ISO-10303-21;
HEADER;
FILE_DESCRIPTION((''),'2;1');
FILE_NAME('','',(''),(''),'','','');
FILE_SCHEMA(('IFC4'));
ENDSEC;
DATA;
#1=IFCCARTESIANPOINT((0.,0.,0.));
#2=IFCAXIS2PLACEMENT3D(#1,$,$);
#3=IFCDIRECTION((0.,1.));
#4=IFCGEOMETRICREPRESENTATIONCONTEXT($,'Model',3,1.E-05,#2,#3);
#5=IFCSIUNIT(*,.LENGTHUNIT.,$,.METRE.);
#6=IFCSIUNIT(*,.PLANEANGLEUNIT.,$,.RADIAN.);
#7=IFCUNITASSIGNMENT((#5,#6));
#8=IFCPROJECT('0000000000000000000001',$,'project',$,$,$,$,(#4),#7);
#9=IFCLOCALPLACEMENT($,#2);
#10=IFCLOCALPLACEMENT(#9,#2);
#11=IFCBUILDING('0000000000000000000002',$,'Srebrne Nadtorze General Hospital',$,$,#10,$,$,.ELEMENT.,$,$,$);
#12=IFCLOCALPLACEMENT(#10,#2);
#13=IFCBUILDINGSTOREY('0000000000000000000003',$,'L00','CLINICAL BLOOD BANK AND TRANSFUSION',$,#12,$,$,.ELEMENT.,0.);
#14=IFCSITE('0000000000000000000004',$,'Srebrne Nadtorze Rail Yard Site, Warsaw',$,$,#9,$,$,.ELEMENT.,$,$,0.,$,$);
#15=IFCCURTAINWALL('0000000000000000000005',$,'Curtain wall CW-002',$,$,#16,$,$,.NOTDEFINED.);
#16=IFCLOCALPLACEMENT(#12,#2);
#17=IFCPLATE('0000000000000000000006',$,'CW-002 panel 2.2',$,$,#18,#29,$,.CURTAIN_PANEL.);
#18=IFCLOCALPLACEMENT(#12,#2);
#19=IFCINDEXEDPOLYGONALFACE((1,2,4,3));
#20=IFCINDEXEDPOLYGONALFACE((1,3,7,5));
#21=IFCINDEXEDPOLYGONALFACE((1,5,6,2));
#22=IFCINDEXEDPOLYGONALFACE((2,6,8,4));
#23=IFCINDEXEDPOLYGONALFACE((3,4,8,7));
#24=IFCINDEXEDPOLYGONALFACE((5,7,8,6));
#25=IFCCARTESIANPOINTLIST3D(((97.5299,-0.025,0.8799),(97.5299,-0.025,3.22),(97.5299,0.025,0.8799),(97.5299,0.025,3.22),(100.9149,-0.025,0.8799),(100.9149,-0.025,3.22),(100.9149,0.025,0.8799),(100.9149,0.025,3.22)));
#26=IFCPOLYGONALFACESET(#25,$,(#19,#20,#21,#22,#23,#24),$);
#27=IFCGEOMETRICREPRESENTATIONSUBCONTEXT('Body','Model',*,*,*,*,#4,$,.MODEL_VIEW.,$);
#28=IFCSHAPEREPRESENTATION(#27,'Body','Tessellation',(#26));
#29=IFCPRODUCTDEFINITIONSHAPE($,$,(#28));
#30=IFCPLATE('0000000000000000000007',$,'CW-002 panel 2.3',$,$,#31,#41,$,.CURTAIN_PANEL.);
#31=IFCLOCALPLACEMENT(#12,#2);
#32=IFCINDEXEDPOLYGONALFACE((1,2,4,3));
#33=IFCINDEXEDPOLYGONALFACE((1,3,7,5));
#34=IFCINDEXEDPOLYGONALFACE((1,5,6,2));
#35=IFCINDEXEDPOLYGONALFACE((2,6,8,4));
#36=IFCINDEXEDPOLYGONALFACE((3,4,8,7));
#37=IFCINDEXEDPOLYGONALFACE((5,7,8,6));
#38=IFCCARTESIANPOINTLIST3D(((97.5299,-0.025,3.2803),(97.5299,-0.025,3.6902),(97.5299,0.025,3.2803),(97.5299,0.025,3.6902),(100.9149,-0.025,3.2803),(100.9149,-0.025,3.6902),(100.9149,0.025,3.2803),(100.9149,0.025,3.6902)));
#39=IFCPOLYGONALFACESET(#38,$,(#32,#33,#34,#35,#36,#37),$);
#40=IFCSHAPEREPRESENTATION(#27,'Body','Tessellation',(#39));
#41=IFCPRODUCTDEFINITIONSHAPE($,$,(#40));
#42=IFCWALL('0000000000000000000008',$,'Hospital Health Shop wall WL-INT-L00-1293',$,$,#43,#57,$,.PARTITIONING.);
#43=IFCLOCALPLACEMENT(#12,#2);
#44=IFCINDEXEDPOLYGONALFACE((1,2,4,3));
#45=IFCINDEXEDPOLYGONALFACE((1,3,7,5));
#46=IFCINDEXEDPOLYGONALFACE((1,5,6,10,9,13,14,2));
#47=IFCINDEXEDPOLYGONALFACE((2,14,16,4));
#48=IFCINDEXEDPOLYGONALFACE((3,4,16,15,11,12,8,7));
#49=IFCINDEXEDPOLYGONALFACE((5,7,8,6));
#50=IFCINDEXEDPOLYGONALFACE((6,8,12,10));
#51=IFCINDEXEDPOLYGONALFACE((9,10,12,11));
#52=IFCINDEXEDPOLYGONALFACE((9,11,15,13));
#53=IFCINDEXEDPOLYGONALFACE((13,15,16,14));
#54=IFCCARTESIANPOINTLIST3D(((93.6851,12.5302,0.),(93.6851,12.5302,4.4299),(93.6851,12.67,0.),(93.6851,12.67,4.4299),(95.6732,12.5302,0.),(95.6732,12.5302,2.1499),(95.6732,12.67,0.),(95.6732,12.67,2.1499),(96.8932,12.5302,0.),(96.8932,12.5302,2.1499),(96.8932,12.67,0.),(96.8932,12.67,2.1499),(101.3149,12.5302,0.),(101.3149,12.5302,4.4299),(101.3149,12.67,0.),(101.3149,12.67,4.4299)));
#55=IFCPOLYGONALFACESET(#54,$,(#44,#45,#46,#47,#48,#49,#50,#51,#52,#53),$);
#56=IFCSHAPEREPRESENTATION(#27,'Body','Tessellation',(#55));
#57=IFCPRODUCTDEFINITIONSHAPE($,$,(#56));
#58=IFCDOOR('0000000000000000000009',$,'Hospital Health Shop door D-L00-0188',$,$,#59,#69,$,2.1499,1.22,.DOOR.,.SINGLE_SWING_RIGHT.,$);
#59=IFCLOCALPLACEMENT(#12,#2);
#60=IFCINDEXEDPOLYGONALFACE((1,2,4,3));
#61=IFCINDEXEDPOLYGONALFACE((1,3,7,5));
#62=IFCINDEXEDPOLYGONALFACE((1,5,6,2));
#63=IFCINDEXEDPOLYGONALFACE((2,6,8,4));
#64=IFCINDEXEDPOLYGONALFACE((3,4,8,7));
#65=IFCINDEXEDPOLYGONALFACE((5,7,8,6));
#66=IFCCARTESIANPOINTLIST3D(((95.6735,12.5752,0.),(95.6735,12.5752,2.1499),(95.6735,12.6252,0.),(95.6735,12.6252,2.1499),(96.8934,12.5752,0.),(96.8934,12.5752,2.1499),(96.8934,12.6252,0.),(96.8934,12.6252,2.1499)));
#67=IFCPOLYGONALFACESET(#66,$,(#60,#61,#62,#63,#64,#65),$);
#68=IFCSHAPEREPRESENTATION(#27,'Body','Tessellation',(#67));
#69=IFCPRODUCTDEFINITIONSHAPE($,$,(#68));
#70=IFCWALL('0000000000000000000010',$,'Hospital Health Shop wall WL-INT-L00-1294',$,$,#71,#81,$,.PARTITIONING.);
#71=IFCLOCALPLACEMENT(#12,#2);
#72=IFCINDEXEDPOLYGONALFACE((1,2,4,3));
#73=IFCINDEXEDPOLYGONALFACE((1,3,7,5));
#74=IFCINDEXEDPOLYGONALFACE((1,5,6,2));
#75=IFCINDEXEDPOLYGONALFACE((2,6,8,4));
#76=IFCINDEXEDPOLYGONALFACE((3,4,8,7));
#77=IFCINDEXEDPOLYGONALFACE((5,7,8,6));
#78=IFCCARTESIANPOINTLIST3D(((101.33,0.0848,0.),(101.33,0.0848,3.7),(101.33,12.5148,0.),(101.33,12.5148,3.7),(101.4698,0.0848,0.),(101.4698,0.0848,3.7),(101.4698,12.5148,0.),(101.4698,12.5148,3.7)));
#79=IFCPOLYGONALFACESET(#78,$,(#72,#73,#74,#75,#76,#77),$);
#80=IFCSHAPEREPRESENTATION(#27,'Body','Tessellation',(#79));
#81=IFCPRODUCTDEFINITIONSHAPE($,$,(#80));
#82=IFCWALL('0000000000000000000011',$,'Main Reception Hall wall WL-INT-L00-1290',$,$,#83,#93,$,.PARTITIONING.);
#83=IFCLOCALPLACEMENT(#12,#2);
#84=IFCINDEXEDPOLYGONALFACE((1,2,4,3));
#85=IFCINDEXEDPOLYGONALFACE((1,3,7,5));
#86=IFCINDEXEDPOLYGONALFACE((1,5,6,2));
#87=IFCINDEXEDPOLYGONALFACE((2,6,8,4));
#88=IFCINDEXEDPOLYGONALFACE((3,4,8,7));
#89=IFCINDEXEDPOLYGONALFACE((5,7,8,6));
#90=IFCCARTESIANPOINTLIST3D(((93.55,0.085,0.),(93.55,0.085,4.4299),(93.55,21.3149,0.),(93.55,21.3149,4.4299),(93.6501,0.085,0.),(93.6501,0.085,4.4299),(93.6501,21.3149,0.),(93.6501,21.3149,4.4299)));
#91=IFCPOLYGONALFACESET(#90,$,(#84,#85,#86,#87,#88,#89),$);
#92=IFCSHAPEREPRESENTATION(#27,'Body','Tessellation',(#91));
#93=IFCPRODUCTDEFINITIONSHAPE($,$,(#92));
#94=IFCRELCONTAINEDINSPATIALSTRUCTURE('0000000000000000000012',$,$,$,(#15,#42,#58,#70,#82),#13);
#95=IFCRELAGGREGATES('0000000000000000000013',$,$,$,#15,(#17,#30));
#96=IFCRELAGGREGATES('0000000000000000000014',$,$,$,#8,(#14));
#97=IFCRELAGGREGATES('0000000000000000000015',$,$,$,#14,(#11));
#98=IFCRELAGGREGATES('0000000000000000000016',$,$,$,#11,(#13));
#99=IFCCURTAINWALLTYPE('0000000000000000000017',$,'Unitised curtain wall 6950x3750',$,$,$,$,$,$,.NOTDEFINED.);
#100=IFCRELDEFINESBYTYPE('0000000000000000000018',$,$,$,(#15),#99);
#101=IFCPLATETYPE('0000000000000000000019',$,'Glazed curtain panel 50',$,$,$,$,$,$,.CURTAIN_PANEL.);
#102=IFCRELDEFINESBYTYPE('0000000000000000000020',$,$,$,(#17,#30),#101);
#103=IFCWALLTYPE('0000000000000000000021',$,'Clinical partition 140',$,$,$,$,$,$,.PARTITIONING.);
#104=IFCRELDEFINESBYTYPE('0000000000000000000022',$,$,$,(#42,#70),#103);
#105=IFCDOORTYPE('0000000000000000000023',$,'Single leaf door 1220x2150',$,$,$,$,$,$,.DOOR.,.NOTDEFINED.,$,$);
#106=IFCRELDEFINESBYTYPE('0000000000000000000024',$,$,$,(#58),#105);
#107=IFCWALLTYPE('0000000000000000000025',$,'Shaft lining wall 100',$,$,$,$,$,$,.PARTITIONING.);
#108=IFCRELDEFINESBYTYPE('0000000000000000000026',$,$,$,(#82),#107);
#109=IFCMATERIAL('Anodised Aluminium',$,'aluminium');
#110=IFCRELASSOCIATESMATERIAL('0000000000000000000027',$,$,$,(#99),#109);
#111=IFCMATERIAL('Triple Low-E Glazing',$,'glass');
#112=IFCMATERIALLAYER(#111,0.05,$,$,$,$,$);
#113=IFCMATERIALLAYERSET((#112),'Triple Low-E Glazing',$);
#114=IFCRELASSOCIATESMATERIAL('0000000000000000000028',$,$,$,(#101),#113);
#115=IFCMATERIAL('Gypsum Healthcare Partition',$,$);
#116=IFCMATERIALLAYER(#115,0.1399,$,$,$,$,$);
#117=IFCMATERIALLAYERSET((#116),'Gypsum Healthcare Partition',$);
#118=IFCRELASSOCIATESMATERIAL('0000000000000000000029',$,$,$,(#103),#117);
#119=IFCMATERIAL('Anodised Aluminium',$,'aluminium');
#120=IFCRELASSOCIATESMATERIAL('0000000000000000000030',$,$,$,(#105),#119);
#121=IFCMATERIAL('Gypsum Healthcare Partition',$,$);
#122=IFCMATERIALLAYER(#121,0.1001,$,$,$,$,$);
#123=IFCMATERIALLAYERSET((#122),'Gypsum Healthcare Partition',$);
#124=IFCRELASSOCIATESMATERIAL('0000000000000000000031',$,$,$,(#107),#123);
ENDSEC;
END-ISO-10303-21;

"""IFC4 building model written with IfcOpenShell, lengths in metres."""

from ifc_helpers import new_model, si_unit, direction, frame, frame_2d, origin, origin_2d, place, context, subcontext, project, spatial, rectangle, extrude, material, layer, layer_set, type_object, element, fill, aggregate, save


model = new_model("IFC4")

# Units and contexts
model_context = context("Model", 3, precision=1e-05, world=origin(), true_north=direction((0.0, 1.0)))
body_context = subcontext(model_context, "Body", "Model", "MODEL_VIEW")
ifc_project = project(units=[si_unit("LENGTHUNIT", "METRE"), si_unit("PLANEANGLEUNIT", "RADIAN")], contexts=[model_context])

# Site, building, storey
site_placement = place(None, origin())
site = spatial("IfcSite", under=ifc_project, at=site_placement, Name="Srebrne Nadtorze Rail Yard Site, Warsaw", CompositionType="ELEMENT", RefElevation=0.0)
building_placement = place(site_placement, origin())
building = spatial("IfcBuilding", under=site, at=building_placement, Name="Srebrne Nadtorze General Hospital", CompositionType="ELEMENT")
storey_placement = place(building_placement, origin())
storey = spatial("IfcBuildingStorey", under=building, at=storey_placement, Name="L00", Description="CLINICAL BLOOD BANK AND TRANSFUSION", CompositionType="ELEMENT", Elevation=0.0)

# Curtain wall
ifc_material_1 = material(Name="Anodised Aluminium", Category="aluminium")
curtain_wall_type = type_object("IfcCurtainWallType", Name="Unitised curtain wall 6950x3750", PredefinedType="NOTDEFINED", material=ifc_material_1)
curtain_wall_placement = place(storey_placement, origin())
curtain_wall = element("IfcCurtainWall", 1, at=curtain_wall_placement, inside=storey, type_object=curtain_wall_type, Name="Curtain wall CW-002", PredefinedType="NOTDEFINED")

# Plates
ifc_material_2 = material(Name="Triple Low-E Glazing", Category="glass")
ifc_layer_1 = layer(ifc_material_2, 0.05)
ifc_layer_set_1 = layer_set([ifc_layer_1], Name="Triple Low-E Glazing")
plate_type = type_object("IfcPlateType", Name="Glazed curtain panel 50", PredefinedType="CURTAIN_PANEL", material=ifc_layer_set_1)
plate_1_placement = place(storey_placement, frame((99.2224, 0.0, 0.8799), z_axis=(0.0, 0.0, 1.0), x_axis=(1.0, 0.0, 0.0)))
plate_1 = element("IfcPlate", 2, at=plate_1_placement, type_object=plate_type, Name="CW-002 panel 2.2", PredefinedType="CURTAIN_PANEL", context=body_context, shape_type="SweptSolid", body=[
    extrude(rectangle(XDim=3.385, YDim=0.05, at=origin_2d()), origin(), (0.0, 0.0, 1.0), 2.3401),
])
plate_2_placement = place(storey_placement, frame((99.2224, 0.0, 3.2803), z_axis=(0.0, 0.0, 1.0), x_axis=(1.0, 0.0, 0.0)))
plate_2 = element("IfcPlate", 3, at=plate_2_placement, type_object=plate_type, Name="CW-002 panel 2.3", PredefinedType="CURTAIN_PANEL", context=body_context, shape_type="SweptSolid", body=[
    extrude(rectangle(XDim=3.385, YDim=0.05, at=origin_2d()), origin(), (0.0, 0.0, 1.0), 0.4099),
])
aggregate(curtain_wall, [plate_1, plate_2])

# Wall, opening, door
ifc_material_3 = material(Name="Gypsum Healthcare Partition")
ifc_layer_2 = layer(ifc_material_3, 0.1399)
ifc_layer_set_2 = layer_set([ifc_layer_2], Name="Gypsum Healthcare Partition")
wall_type_1 = type_object("IfcWallType", Name="Clinical partition 140", PredefinedType="PARTITIONING", material=ifc_layer_set_2)
wall_1_placement = place(storey_placement, frame((93.6851, 12.6001, 0.0), z_axis=(0.0, 0.0, 1.0), x_axis=(1.0, 0.0, 0.0)))
wall_1 = element("IfcWall", 4, at=wall_1_placement, inside=storey, type_object=wall_type_1, Name="Hospital Health Shop wall WL-INT-L00-1293", PredefinedType="PARTITIONING", context=body_context, shape_type="SweptSolid", body=[
    extrude(rectangle(XDim=7.6299, YDim=0.1399, at=frame_2d((3.8149, 0.0))), origin(), (0.0, 0.0, 1.0), 4.4299),
])
opening_placement = place(wall_1_placement, frame((1.9883, 0.0, 0.0)))
opening = element("IfcOpeningElement", 5, at=opening_placement, cuts=wall_1, PredefinedType="OPENING", context=body_context, shape_type="SweptSolid", body=[
    extrude(rectangle(XDim=1.22, YDim=2.1499, at=frame_2d((0.6099, 1.075))), frame((0.0, 0.082, 0.0), z_axis=(0.0, -1.0, 0.0), x_axis=(1.0, 0.0, 0.0)), (0.0, 0.0, 1.0), 0.1638),
])
ifc_material_4 = material(Name="Anodised Aluminium", Category="aluminium")
door_type = type_object("IfcDoorType", Name="Single leaf door 1220x2150", OperationType="NOTDEFINED", PredefinedType="DOOR", material=ifc_material_4)
door_placement = place(opening_placement, frame((1.22, 0.0, 0.0), z_axis=(0.0, 0.0, 1.0), x_axis=(-1.0, 0.0, 0.0)))
door = element("IfcDoor", 6, at=door_placement, inside=storey, type_object=door_type, Name="Hospital Health Shop door D-L00-0188", OperationType="SINGLE_SWING_RIGHT", OverallHeight=2.1499, OverallWidth=1.22, PredefinedType="DOOR", context=body_context, shape_type="SweptSolid", body=[
    extrude(rectangle(XDim=1.22, YDim=2.1499, at=frame_2d((0.6099, 1.075))), frame((0.0, 0.0249, 0.0), z_axis=(0.0, -1.0, 0.0), x_axis=(1.0, 0.0, 0.0)), (0.0, 0.0, 1.0), 0.05),
])
fill(opening, door)

# Walls
wall_2_placement = place(storey_placement, frame((101.3999, 0.085, 0.0), z_axis=(0.0, 0.0, 1.0), x_axis=(0.0, 1.0, 0.0)))
element("IfcWall", 7, at=wall_2_placement, inside=storey, type_object=wall_type_1, Name="Hospital Health Shop wall WL-INT-L00-1294", PredefinedType="PARTITIONING", context=body_context, shape_type="SweptSolid", body=[
    extrude(rectangle(XDim=12.4299, YDim=0.1399, at=frame_2d((6.2148, 0.0))), origin(), (0.0, 0.0, 1.0), 3.7),
])
ifc_material_5 = material(Name="Gypsum Healthcare Partition")
ifc_layer_3 = layer(ifc_material_5, 0.1001)
ifc_layer_set_3 = layer_set([ifc_layer_3], Name="Gypsum Healthcare Partition")
wall_type_2 = type_object("IfcWallType", Name="Shaft lining wall 100", PredefinedType="PARTITIONING", material=ifc_layer_set_3)
wall_3_placement = place(storey_placement, frame((93.6001, 0.085, 0.0), z_axis=(0.0, 0.0, 1.0), x_axis=(0.0, 1.0, 0.0)))
element("IfcWall", 8, at=wall_3_placement, inside=storey, type_object=wall_type_2, Name="Main Reception Hall wall WL-INT-L00-1290", PredefinedType="PARTITIONING", context=body_context, shape_type="SweptSolid", body=[
    extrude(rectangle(XDim=21.23, YDim=0.1001, at=frame_2d((10.615, 0.0))), origin(), (0.0, 0.0, 1.0), 4.4299),
])

save(model, "model.ifc")
